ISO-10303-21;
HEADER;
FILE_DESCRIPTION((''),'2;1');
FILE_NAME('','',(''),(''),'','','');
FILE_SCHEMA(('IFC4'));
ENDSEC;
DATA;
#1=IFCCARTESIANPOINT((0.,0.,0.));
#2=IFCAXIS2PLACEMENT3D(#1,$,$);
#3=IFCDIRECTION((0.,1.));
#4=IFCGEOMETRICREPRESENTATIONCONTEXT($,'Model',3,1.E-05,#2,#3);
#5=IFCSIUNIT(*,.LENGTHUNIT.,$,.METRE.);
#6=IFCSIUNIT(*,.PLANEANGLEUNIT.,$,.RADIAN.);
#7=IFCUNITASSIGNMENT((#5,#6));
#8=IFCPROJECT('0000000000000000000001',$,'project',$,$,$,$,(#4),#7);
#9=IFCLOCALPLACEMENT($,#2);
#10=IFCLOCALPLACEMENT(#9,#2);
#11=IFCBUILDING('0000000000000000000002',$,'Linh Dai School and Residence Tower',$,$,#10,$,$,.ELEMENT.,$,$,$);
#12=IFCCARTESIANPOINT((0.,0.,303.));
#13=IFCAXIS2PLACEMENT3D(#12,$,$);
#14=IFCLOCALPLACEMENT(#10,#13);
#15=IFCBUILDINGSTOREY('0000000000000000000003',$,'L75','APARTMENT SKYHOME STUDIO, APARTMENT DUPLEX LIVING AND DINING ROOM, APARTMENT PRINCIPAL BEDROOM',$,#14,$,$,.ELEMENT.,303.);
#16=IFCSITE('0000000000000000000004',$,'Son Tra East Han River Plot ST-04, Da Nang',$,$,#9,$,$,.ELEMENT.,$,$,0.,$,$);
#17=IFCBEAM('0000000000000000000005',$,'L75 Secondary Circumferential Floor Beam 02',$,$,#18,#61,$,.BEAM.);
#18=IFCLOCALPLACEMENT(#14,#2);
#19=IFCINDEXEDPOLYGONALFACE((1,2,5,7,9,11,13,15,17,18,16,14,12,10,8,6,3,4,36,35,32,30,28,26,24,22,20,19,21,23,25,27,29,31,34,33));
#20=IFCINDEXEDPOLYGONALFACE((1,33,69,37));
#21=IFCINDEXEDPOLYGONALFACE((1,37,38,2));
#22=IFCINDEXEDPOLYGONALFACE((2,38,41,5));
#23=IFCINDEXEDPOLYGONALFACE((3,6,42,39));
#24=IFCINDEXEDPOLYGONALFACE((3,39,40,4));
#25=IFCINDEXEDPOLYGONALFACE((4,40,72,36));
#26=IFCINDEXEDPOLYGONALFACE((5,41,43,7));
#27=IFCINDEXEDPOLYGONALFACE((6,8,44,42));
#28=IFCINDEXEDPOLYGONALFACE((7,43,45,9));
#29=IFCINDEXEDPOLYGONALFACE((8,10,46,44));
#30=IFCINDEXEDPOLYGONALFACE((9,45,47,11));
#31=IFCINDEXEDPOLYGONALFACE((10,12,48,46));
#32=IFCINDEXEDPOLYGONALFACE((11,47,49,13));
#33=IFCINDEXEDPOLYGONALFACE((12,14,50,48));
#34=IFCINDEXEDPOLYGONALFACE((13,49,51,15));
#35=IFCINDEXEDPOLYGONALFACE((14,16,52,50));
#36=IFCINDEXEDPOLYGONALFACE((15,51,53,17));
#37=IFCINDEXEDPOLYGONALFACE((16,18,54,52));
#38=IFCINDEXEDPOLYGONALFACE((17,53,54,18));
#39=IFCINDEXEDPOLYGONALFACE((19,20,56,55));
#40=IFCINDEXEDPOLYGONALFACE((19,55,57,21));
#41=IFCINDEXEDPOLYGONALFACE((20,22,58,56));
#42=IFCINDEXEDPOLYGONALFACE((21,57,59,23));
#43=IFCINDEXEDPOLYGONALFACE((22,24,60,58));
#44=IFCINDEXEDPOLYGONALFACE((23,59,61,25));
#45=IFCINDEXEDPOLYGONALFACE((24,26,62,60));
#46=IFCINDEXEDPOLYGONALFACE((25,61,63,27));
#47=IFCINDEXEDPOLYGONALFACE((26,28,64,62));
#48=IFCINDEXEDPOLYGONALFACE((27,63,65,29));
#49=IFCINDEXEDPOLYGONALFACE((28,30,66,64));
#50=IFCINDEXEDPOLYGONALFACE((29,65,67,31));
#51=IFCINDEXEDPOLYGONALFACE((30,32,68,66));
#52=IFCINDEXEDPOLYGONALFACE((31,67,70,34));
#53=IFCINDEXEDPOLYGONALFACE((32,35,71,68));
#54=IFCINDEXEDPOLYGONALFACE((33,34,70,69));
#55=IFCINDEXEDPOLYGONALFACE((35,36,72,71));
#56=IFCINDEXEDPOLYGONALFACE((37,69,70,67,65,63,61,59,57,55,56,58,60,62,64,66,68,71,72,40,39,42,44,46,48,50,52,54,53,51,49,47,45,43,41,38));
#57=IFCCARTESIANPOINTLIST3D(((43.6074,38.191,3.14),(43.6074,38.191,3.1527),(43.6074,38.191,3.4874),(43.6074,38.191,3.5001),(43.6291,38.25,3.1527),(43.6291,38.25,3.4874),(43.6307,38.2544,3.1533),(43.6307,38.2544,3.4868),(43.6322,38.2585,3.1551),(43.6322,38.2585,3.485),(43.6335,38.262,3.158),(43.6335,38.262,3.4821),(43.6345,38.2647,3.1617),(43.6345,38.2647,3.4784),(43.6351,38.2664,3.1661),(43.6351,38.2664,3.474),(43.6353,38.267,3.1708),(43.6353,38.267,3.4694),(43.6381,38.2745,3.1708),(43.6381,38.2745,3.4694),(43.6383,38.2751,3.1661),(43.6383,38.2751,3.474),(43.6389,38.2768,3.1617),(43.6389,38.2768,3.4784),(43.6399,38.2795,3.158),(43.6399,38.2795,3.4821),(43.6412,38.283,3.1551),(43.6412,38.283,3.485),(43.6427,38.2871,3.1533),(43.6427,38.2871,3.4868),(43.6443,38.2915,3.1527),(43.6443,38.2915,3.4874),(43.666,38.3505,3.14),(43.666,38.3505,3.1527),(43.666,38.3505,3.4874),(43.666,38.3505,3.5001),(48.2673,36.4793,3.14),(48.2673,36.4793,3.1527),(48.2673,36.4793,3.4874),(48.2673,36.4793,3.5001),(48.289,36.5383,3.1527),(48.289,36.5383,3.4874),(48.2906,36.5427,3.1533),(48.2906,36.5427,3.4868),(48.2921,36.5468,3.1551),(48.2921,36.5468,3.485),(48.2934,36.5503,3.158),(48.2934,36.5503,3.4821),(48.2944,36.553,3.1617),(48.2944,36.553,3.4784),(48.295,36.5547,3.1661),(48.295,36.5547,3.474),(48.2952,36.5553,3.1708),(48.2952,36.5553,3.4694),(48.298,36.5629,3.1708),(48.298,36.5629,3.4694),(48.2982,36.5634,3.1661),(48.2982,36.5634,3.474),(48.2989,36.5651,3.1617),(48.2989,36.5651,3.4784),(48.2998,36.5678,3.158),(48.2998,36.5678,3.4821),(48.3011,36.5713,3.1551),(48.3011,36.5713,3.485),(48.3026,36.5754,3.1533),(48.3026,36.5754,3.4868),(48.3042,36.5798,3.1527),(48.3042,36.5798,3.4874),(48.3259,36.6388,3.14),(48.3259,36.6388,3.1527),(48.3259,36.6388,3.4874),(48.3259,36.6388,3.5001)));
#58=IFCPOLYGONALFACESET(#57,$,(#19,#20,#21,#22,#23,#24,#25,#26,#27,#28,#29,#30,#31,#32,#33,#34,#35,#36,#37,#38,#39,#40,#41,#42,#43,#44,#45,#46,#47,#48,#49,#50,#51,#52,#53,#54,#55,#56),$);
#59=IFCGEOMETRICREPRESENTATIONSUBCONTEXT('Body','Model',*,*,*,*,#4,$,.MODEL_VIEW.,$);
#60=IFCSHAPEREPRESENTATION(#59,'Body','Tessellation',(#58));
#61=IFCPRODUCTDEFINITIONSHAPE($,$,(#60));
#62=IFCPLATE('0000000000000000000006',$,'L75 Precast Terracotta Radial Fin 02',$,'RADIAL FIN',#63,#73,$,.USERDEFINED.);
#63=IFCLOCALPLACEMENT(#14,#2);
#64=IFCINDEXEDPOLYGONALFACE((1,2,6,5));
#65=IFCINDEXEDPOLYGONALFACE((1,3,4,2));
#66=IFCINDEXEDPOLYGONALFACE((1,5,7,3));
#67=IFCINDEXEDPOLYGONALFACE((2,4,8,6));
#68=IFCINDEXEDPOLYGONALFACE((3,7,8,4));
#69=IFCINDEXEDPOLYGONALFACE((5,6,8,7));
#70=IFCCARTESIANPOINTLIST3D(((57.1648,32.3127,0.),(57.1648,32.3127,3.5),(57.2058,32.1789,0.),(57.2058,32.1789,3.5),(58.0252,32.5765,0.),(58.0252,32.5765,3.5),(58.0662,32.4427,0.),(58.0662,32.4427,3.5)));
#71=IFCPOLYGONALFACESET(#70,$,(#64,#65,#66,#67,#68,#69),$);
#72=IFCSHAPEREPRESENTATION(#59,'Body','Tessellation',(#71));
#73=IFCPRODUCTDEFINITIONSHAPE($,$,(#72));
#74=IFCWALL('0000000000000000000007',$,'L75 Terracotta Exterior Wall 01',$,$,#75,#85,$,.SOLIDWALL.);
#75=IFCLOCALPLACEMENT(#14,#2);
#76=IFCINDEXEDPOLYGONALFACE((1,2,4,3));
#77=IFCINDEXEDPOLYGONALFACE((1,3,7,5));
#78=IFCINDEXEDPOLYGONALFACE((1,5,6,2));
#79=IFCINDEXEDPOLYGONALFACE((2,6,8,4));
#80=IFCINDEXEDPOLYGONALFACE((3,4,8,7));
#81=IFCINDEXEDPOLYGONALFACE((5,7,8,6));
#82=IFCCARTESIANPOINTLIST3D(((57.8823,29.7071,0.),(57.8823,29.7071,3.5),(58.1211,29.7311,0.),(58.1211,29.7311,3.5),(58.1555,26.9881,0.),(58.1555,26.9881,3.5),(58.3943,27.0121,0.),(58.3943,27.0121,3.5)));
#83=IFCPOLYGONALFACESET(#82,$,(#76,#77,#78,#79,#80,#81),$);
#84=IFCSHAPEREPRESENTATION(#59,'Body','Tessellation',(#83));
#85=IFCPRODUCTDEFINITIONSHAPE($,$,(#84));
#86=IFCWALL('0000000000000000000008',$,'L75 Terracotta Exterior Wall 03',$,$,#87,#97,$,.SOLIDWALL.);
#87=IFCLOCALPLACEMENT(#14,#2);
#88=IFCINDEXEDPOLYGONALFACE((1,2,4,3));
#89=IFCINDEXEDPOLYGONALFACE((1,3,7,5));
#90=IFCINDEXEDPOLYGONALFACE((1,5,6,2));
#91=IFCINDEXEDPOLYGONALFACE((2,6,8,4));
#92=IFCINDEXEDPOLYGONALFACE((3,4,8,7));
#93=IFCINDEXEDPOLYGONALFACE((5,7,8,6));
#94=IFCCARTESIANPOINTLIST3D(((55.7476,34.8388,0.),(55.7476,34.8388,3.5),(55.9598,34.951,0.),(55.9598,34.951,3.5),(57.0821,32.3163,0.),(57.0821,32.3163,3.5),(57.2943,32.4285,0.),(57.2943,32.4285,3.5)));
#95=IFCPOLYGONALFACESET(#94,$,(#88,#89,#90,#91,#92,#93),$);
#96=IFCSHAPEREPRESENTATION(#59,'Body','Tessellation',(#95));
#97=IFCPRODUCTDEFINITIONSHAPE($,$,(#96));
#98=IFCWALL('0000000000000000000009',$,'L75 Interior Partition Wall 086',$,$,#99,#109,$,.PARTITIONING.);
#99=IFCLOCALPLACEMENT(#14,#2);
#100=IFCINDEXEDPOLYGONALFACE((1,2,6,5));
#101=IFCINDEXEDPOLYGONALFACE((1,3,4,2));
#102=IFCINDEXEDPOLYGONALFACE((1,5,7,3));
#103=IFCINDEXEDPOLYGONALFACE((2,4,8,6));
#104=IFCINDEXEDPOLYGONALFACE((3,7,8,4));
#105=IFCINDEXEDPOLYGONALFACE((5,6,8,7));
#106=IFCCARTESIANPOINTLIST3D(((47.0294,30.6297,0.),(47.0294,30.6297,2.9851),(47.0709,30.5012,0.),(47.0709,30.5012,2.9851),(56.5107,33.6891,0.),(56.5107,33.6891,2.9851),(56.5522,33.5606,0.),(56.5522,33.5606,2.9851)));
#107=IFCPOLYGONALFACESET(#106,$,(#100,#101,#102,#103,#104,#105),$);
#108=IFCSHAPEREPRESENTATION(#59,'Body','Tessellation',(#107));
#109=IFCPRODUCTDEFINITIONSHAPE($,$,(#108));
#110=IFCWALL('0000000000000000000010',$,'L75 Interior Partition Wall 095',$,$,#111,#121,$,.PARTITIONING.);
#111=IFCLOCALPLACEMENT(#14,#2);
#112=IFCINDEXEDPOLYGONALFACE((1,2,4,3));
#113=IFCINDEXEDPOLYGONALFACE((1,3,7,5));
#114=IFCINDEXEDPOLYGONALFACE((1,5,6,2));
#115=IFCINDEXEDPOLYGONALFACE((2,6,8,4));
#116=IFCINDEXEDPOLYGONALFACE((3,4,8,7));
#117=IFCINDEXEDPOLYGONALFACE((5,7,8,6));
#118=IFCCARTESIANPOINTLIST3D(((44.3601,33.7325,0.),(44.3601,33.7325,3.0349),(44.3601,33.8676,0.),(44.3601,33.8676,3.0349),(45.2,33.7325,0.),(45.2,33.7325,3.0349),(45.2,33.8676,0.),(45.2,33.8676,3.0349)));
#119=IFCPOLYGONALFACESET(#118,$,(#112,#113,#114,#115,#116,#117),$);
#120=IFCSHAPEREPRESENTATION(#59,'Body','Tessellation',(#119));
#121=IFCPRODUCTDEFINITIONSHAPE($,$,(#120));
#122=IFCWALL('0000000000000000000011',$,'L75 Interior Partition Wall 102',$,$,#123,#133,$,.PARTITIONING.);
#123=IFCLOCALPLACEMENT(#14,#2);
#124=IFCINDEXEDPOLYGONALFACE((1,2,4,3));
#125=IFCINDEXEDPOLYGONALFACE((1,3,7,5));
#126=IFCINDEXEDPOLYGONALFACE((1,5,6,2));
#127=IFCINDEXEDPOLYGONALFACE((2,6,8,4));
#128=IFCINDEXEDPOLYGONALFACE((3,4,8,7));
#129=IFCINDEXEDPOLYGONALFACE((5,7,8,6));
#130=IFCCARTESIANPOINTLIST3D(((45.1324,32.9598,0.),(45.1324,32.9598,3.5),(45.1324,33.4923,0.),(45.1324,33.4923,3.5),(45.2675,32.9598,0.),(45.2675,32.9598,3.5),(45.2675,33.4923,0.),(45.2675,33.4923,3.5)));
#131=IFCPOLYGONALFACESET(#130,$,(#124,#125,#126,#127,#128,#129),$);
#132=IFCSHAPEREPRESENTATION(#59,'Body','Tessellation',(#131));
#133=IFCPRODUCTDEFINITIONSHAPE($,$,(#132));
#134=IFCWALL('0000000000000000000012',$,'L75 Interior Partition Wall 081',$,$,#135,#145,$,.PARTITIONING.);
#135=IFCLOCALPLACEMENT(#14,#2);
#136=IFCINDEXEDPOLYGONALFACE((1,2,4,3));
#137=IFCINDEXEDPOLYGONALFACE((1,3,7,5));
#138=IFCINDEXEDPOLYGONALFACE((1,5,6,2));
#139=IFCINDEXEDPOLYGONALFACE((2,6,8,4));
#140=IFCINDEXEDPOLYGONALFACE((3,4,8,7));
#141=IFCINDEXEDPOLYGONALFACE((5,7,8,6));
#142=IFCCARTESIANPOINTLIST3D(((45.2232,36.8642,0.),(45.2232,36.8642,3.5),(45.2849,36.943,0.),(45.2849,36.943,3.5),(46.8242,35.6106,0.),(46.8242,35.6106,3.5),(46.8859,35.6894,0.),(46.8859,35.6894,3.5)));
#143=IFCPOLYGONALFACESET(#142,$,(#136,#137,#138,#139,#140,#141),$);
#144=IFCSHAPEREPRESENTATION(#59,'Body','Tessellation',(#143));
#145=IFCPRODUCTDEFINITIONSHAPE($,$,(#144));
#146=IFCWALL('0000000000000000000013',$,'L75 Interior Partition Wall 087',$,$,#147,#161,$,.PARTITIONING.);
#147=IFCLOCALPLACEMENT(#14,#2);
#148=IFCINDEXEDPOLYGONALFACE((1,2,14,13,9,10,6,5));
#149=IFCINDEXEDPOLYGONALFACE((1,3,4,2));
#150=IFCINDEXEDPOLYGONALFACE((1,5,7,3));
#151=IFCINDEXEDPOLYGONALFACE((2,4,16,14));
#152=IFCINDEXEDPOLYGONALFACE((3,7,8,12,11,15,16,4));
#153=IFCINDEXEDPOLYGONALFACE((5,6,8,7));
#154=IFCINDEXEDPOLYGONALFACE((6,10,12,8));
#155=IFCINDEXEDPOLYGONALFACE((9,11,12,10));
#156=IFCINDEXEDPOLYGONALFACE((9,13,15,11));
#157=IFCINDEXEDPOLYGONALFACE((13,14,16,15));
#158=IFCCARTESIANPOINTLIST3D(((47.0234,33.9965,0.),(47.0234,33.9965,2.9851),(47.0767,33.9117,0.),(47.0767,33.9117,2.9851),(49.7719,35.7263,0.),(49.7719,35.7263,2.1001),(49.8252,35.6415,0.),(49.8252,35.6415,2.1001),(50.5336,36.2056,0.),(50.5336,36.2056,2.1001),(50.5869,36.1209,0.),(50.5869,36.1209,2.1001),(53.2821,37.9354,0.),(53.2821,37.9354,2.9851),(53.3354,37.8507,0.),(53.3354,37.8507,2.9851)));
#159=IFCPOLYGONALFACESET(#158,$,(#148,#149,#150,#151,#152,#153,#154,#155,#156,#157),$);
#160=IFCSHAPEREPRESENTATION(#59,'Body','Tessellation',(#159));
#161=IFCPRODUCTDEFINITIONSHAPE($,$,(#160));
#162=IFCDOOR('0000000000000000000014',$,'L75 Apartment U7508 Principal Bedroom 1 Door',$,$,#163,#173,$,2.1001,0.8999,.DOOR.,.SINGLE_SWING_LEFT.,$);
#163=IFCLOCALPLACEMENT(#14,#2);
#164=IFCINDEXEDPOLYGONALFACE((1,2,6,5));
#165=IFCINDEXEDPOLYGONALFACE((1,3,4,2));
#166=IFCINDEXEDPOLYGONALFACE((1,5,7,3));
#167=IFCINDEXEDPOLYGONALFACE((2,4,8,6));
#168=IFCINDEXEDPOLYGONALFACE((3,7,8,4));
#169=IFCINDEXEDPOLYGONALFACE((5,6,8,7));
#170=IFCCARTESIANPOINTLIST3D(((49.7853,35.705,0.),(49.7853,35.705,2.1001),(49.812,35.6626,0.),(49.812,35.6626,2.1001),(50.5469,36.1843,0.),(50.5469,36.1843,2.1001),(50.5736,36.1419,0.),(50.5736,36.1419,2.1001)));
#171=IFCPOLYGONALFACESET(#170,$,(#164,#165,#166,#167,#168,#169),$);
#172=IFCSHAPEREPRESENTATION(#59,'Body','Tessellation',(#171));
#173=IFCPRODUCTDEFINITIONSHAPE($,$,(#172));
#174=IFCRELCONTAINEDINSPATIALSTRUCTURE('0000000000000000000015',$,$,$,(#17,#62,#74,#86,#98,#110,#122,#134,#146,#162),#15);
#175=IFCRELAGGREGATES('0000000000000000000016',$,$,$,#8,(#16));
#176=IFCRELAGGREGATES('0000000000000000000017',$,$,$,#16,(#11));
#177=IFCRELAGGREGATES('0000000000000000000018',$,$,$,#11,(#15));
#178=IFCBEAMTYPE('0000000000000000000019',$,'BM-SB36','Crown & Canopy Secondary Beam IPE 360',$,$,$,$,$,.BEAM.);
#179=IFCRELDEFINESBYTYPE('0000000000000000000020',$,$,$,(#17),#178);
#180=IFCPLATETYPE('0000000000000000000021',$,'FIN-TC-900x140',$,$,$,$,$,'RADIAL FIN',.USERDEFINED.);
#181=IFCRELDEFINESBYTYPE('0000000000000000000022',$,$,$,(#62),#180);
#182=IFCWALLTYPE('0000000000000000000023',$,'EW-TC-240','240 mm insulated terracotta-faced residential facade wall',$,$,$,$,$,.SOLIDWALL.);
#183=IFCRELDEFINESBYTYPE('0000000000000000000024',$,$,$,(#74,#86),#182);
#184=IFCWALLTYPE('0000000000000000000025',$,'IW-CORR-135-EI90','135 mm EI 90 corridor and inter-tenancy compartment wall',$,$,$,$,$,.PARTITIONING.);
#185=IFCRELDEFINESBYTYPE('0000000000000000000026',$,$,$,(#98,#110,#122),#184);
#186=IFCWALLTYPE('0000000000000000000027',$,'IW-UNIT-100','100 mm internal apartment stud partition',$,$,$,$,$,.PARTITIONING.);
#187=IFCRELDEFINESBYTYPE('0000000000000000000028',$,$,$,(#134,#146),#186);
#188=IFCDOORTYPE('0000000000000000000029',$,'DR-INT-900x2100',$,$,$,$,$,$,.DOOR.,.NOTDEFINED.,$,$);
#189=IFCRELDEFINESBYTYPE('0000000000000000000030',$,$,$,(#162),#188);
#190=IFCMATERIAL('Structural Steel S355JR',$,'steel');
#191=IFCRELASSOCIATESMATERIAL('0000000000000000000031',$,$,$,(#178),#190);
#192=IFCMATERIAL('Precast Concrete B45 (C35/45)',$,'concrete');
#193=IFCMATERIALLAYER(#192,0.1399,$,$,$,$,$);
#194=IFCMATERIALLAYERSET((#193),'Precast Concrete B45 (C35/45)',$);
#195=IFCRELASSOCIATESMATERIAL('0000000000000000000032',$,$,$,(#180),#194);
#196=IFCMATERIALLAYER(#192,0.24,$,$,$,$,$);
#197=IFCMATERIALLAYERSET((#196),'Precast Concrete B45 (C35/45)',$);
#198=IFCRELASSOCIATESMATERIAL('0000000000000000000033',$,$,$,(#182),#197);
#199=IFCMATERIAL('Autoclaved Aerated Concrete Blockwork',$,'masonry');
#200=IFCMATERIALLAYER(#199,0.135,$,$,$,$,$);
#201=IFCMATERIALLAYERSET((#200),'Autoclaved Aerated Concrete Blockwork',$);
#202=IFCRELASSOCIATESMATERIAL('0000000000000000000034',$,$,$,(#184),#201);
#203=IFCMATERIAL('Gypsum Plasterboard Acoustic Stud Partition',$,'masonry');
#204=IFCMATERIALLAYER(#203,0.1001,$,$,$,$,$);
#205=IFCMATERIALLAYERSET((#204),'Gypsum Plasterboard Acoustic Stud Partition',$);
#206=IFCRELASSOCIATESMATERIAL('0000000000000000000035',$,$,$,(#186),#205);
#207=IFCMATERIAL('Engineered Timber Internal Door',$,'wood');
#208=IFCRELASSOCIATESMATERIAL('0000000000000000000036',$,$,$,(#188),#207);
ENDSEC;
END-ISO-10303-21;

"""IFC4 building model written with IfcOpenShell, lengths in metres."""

from ifc_helpers import new_model, si_unit, direction, frame, frame_2d, origin, origin_2d, place, context, subcontext, project, spatial, rectangle, i_section, extrude, source, transform, mapped, material, layer, layer_set, material_profile, profile_set, type_object, element, fill, save


model = new_model("IFC4")

# Units and contexts
model_context = context("Model", 3, precision=1e-05, world=origin(), true_north=direction((0.0, 1.0)))
body_context = subcontext(model_context, "Body", "Model", "MODEL_VIEW")
ifc_project = project(units=[si_unit("LENGTHUNIT", "METRE"), si_unit("PLANEANGLEUNIT", "RADIAN")], contexts=[model_context])

# Site, building, storey
site_placement = place(None, origin())
site = spatial("IfcSite", under=ifc_project, at=site_placement, Name="Son Tra East Han River Plot ST-04, Da Nang", CompositionType="ELEMENT", RefElevation=0.0)
building_placement = place(site_placement, origin())
building = spatial("IfcBuilding", under=site, at=building_placement, Name="Linh Dai School and Residence Tower", CompositionType="ELEMENT")
storey_placement = place(building_placement, frame((0.0, 0.0, 303.0)))
storey = spatial("IfcBuildingStorey", under=building, at=storey_placement, Name="L75", Description="APARTMENT SKYHOME STUDIO, APARTMENT DUPLEX LIVING AND DINING ROOM, APARTMENT PRINCIPAL BEDROOM", CompositionType="ELEMENT", Elevation=303.0)

# Shared definitions
ifc_material_1 = material(Name="Structural Steel S355JR", Category="steel")

# Beam
ifc_material_profile_1 = material_profile(ifc_material_1, i_section(OverallWidth=0.1699, OverallDepth=0.3601, WebThickness=0.0081, FlangeThickness=0.0127, FilletRadius=0.0181, at=origin_2d()), Name="IPE 360")
ifc_profile_set_1 = profile_set([ifc_material_profile_1], Name="Structural Steel S355JR")
beam_type_1 = type_object("IfcBeamType", Name="BM-SB36", Description="Crown & Canopy Secondary Beam IPE 360", PredefinedType="BEAM", material=ifc_profile_set_1)
beam_1_placement = place(storey_placement, frame((48.2966, 36.5591, 3.3201), z_axis=(-0.938679, 0.344794, 0.0), x_axis=(-0.344794, -0.938679, 0.0)))
element("IfcBeam", 1, at=beam_1_placement, inside=storey, type_object=beam_type_1, Name="L75 Secondary Circumferential Floor Beam 02", PredefinedType="BEAM", context=body_context, shape_type="SweptSolid", body=[
    extrude(i_section(OverallWidth=0.1699, OverallDepth=0.3601, WebThickness=0.0081, FlangeThickness=0.0127, FilletRadius=0.0181, at=origin_2d()), origin(), (0.0, 0.0, 1.0), 4.9644),
])

# Plate
ifc_material_2 = material(Name="Precast Concrete B45 (C35/45)", Category="concrete")
ifc_layer_1 = layer(ifc_material_2, 0.1399)
ifc_layer_set_1 = layer_set([ifc_layer_1], Name="Precast Concrete B45 (C35/45)")
plate_type = type_object("IfcPlateType", Name="FIN-TC-900x140", ElementType="RADIAL FIN", PredefinedType="USERDEFINED", material=ifc_layer_set_1)
shared_shape_1 = source(origin(), body_context, "Body", "SweptSolid", [
    extrude(rectangle(XDim=0.8999, YDim=0.1399, at=origin_2d()), origin(), (0.0, 0.0, 1.0), 3.5),
])
plate_placement = place(storey_placement, frame((57.6155, 32.3777, 0.0), z_axis=(0.0, 0.0, 1.0), x_axis=(0.956069, 0.293141, 0.0)))
element("IfcPlate", 2, at=plate_placement, inside=storey, type_object=plate_type, Name="L75 Precast Terracotta Radial Fin 02", ObjectType="RADIAL FIN", PredefinedType="USERDEFINED", context=body_context, shape_type="MappedRepresentation", body=[
    mapped(shared_shape_1, transform((0.0, 0.0, 0.0), x_axis=(1.0, 0.0, 0.0), y_axis=(0.0, 1.0, 0.0), z_axis=(0.0, 0.0, 1.0), scale=1.0)),
])

# Wall
ifc_layer_2 = layer(ifc_material_2, 0.24)
ifc_layer_set_2 = layer_set([ifc_layer_2], Name="Precast Concrete B45 (C35/45)")
wall_type_1 = type_object("IfcWallType", Name="EW-TC-240", Description="240 mm insulated terracotta-faced residential facade wall", PredefinedType="SOLIDWALL", material=ifc_layer_set_2)
wall_1_placement = place(storey_placement, frame((58.0017, 29.719, 0.0), z_axis=(0.0, 0.0, 1.0), x_axis=(0.099973, -0.99499, 0.0)))
element("IfcWall", 3, at=wall_1_placement, inside=storey, type_object=wall_type_1, Name="L75 Terracotta Exterior Wall 01", PredefinedType="SOLIDWALL", context=body_context, shape_type="SweptSolid", body=[
    extrude(rectangle(XDim=2.7327, YDim=0.24, at=frame_2d((1.3662, 0.0))), origin(), (0.0, 0.0, 1.0), 3.5),
])

# Walls
wall_2_placement = place(storey_placement, frame((55.8538, 34.8948, 0.0), z_axis=(0.0, 0.0, 1.0), x_axis=(0.467628, -0.883925, 0.0)))
element("IfcWall", 4, at=wall_2_placement, inside=storey, type_object=wall_type_1, Name="L75 Terracotta Exterior Wall 03", PredefinedType="SOLIDWALL", context=body_context, shape_type="SweptSolid", body=[
    extrude(rectangle(XDim=2.8538, YDim=0.24, at=frame_2d((1.4268, 0.0))), origin(), (0.0, 0.0, 1.0), 3.5),
])
ifc_material_3 = material(Name="Autoclaved Aerated Concrete Blockwork", Category="masonry")
ifc_layer_3 = layer(ifc_material_3, 0.135)
ifc_layer_set_3 = layer_set([ifc_layer_3], Name="Autoclaved Aerated Concrete Blockwork")
wall_type_2 = type_object("IfcWallType", Name="IW-CORR-135-EI90", Description="135 mm EI 90 corridor and inter-tenancy compartment wall", PredefinedType="PARTITIONING", material=ifc_layer_set_3)
wall_3_placement = place(storey_placement, frame((47.05, 30.5654, 0.0), z_axis=(0.0, 0.0, 1.0), x_axis=(0.951683, 0.307082, 0.0)))
element("IfcWall", 5, at=wall_3_placement, inside=storey, type_object=wall_type_2, Name="L75 Interior Partition Wall 086", PredefinedType="PARTITIONING", context=body_context, shape_type="SweptSolid", body=[
    extrude(rectangle(XDim=9.9626, YDim=0.135, at=frame_2d((4.9814, 0.0))), origin(), (0.0, 0.0, 1.0), 2.9851),
])
wall_4_placement = place(storey_placement, frame((45.2, 33.8, 0.0), z_axis=(0.0, 0.0, 1.0), x_axis=(-1.0, 0.0, 0.0)))
element("IfcWall", 6, at=wall_4_placement, inside=storey, type_object=wall_type_2, Name="L75 Interior Partition Wall 095", PredefinedType="PARTITIONING", context=body_context, shape_type="SweptSolid", body=[
    extrude(rectangle(XDim=0.8398, YDim=0.135, at=frame_2d((0.4199, 0.0))), origin(), (0.0, 0.0, 1.0), 3.0349),
])
wall_5_placement = place(storey_placement, frame((45.2, 32.96, 0.0), z_axis=(0.0, 0.0, 1.0), x_axis=(0.0, 1.0, 0.0)))
element("IfcWall", 7, at=wall_5_placement, inside=storey, type_object=wall_type_2, Name="L75 Interior Partition Wall 102", PredefinedType="PARTITIONING", context=body_context, shape_type="SweptSolid", body=[
    extrude(rectangle(XDim=0.5325, YDim=0.135, at=frame_2d((0.2661, 0.0))), origin(), (0.0, 0.0, 1.0), 3.5),
])
ifc_material_4 = material(Name="Gypsum Plasterboard Acoustic Stud Partition", Category="masonry")
ifc_layer_4 = layer(ifc_material_4, 0.1001)
ifc_layer_set_4 = layer_set([ifc_layer_4], Name="Gypsum Plasterboard Acoustic Stud Partition")
wall_type_3 = type_object("IfcWallType", Name="IW-UNIT-100", Description="100 mm internal apartment stud partition", PredefinedType="PARTITIONING", material=ifc_layer_set_4)
wall_6_placement = place(storey_placement, frame((45.2542, 36.9036, 0.0), z_axis=(0.0, 0.0, 1.0), x_axis=(0.78735, -0.616506, 0.0)))
element("IfcWall", 8, at=wall_6_placement, inside=storey, type_object=wall_type_3, Name="L75 Interior Partition Wall 081", PredefinedType="PARTITIONING", context=body_context, shape_type="SweptSolid", body=[
    extrude(rectangle(XDim=2.0334, YDim=0.1001, at=frame_2d((1.0166, 0.0))), origin(), (0.0, 0.0, 1.0), 3.5),
])

# Wall, opening, door
wall_7_placement = place(storey_placement, frame((47.05, 33.9541, 0.0), z_axis=(0.0, 0.0, 1.0), x_axis=(0.84634, 0.532643, 0.0)))
wall_7 = element("IfcWall", 9, at=wall_7_placement, inside=storey, type_object=wall_type_3, Name="L75 Interior Partition Wall 087", PredefinedType="PARTITIONING", context=body_context, shape_type="SweptSolid", body=[
    extrude(rectangle(XDim=7.395, YDim=0.1001, at=frame_2d((3.6975, 0.0))), origin(), (0.0, 0.0, 1.0), 2.9851),
])
opening_1_placement = place(wall_7_placement, frame((3.2476, 0.0, 0.0)))
opening_1 = element("IfcOpeningElement", 10, at=opening_1_placement, cuts=wall_7, PredefinedType="OPENING", context=body_context, shape_type="SweptSolid", body=[
    extrude(rectangle(XDim=0.8999, YDim=2.1001, at=origin_2d()), frame((0.45, 0.0601, 1.05), z_axis=(0.0, -1.0, 0.0), x_axis=(1.0, 0.0, 0.0)), (0.0, 0.0, 1.0), 0.1201),
])
ifc_material_5 = material(Name="Engineered Timber Internal Door", Category="wood")
door_type_1 = type_object("IfcDoorType", Name="DR-INT-900x2100", OperationType="NOTDEFINED", PredefinedType="DOOR", material=ifc_material_5)
shared_shape_2 = source(origin(), body_context, "Body", "SweptSolid", [
    extrude(rectangle(XDim=0.8999, YDim=2.1001, at=origin_2d()), frame((0.45, 0.0249, 1.05), z_axis=(0.0, -1.0, 0.0), x_axis=(1.0, 0.0, 0.0)), (0.0, 0.0, 1.0), 0.05),
])
door_1_placement = place(opening_1_placement, origin())
door_1 = element("IfcDoor", 11, at=door_1_placement, inside=storey, type_object=door_type_1, Name="L75 Apartment U7508 Principal Bedroom 1 Door", OperationType="SINGLE_SWING_LEFT", OverallHeight=2.1001, OverallWidth=0.8999, PredefinedType="DOOR", context=body_context, shape_type="MappedRepresentation", body=[
    mapped(shared_shape_2, transform((0.0, 0.0, 0.0), x_axis=(1.0, 0.0, 0.0), y_axis=(0.0, 1.0, 0.0), z_axis=(0.0, 0.0, 1.0), scale=1.0)),
])
fill(opening_1, door_1)

save(model, "model.ifc")
